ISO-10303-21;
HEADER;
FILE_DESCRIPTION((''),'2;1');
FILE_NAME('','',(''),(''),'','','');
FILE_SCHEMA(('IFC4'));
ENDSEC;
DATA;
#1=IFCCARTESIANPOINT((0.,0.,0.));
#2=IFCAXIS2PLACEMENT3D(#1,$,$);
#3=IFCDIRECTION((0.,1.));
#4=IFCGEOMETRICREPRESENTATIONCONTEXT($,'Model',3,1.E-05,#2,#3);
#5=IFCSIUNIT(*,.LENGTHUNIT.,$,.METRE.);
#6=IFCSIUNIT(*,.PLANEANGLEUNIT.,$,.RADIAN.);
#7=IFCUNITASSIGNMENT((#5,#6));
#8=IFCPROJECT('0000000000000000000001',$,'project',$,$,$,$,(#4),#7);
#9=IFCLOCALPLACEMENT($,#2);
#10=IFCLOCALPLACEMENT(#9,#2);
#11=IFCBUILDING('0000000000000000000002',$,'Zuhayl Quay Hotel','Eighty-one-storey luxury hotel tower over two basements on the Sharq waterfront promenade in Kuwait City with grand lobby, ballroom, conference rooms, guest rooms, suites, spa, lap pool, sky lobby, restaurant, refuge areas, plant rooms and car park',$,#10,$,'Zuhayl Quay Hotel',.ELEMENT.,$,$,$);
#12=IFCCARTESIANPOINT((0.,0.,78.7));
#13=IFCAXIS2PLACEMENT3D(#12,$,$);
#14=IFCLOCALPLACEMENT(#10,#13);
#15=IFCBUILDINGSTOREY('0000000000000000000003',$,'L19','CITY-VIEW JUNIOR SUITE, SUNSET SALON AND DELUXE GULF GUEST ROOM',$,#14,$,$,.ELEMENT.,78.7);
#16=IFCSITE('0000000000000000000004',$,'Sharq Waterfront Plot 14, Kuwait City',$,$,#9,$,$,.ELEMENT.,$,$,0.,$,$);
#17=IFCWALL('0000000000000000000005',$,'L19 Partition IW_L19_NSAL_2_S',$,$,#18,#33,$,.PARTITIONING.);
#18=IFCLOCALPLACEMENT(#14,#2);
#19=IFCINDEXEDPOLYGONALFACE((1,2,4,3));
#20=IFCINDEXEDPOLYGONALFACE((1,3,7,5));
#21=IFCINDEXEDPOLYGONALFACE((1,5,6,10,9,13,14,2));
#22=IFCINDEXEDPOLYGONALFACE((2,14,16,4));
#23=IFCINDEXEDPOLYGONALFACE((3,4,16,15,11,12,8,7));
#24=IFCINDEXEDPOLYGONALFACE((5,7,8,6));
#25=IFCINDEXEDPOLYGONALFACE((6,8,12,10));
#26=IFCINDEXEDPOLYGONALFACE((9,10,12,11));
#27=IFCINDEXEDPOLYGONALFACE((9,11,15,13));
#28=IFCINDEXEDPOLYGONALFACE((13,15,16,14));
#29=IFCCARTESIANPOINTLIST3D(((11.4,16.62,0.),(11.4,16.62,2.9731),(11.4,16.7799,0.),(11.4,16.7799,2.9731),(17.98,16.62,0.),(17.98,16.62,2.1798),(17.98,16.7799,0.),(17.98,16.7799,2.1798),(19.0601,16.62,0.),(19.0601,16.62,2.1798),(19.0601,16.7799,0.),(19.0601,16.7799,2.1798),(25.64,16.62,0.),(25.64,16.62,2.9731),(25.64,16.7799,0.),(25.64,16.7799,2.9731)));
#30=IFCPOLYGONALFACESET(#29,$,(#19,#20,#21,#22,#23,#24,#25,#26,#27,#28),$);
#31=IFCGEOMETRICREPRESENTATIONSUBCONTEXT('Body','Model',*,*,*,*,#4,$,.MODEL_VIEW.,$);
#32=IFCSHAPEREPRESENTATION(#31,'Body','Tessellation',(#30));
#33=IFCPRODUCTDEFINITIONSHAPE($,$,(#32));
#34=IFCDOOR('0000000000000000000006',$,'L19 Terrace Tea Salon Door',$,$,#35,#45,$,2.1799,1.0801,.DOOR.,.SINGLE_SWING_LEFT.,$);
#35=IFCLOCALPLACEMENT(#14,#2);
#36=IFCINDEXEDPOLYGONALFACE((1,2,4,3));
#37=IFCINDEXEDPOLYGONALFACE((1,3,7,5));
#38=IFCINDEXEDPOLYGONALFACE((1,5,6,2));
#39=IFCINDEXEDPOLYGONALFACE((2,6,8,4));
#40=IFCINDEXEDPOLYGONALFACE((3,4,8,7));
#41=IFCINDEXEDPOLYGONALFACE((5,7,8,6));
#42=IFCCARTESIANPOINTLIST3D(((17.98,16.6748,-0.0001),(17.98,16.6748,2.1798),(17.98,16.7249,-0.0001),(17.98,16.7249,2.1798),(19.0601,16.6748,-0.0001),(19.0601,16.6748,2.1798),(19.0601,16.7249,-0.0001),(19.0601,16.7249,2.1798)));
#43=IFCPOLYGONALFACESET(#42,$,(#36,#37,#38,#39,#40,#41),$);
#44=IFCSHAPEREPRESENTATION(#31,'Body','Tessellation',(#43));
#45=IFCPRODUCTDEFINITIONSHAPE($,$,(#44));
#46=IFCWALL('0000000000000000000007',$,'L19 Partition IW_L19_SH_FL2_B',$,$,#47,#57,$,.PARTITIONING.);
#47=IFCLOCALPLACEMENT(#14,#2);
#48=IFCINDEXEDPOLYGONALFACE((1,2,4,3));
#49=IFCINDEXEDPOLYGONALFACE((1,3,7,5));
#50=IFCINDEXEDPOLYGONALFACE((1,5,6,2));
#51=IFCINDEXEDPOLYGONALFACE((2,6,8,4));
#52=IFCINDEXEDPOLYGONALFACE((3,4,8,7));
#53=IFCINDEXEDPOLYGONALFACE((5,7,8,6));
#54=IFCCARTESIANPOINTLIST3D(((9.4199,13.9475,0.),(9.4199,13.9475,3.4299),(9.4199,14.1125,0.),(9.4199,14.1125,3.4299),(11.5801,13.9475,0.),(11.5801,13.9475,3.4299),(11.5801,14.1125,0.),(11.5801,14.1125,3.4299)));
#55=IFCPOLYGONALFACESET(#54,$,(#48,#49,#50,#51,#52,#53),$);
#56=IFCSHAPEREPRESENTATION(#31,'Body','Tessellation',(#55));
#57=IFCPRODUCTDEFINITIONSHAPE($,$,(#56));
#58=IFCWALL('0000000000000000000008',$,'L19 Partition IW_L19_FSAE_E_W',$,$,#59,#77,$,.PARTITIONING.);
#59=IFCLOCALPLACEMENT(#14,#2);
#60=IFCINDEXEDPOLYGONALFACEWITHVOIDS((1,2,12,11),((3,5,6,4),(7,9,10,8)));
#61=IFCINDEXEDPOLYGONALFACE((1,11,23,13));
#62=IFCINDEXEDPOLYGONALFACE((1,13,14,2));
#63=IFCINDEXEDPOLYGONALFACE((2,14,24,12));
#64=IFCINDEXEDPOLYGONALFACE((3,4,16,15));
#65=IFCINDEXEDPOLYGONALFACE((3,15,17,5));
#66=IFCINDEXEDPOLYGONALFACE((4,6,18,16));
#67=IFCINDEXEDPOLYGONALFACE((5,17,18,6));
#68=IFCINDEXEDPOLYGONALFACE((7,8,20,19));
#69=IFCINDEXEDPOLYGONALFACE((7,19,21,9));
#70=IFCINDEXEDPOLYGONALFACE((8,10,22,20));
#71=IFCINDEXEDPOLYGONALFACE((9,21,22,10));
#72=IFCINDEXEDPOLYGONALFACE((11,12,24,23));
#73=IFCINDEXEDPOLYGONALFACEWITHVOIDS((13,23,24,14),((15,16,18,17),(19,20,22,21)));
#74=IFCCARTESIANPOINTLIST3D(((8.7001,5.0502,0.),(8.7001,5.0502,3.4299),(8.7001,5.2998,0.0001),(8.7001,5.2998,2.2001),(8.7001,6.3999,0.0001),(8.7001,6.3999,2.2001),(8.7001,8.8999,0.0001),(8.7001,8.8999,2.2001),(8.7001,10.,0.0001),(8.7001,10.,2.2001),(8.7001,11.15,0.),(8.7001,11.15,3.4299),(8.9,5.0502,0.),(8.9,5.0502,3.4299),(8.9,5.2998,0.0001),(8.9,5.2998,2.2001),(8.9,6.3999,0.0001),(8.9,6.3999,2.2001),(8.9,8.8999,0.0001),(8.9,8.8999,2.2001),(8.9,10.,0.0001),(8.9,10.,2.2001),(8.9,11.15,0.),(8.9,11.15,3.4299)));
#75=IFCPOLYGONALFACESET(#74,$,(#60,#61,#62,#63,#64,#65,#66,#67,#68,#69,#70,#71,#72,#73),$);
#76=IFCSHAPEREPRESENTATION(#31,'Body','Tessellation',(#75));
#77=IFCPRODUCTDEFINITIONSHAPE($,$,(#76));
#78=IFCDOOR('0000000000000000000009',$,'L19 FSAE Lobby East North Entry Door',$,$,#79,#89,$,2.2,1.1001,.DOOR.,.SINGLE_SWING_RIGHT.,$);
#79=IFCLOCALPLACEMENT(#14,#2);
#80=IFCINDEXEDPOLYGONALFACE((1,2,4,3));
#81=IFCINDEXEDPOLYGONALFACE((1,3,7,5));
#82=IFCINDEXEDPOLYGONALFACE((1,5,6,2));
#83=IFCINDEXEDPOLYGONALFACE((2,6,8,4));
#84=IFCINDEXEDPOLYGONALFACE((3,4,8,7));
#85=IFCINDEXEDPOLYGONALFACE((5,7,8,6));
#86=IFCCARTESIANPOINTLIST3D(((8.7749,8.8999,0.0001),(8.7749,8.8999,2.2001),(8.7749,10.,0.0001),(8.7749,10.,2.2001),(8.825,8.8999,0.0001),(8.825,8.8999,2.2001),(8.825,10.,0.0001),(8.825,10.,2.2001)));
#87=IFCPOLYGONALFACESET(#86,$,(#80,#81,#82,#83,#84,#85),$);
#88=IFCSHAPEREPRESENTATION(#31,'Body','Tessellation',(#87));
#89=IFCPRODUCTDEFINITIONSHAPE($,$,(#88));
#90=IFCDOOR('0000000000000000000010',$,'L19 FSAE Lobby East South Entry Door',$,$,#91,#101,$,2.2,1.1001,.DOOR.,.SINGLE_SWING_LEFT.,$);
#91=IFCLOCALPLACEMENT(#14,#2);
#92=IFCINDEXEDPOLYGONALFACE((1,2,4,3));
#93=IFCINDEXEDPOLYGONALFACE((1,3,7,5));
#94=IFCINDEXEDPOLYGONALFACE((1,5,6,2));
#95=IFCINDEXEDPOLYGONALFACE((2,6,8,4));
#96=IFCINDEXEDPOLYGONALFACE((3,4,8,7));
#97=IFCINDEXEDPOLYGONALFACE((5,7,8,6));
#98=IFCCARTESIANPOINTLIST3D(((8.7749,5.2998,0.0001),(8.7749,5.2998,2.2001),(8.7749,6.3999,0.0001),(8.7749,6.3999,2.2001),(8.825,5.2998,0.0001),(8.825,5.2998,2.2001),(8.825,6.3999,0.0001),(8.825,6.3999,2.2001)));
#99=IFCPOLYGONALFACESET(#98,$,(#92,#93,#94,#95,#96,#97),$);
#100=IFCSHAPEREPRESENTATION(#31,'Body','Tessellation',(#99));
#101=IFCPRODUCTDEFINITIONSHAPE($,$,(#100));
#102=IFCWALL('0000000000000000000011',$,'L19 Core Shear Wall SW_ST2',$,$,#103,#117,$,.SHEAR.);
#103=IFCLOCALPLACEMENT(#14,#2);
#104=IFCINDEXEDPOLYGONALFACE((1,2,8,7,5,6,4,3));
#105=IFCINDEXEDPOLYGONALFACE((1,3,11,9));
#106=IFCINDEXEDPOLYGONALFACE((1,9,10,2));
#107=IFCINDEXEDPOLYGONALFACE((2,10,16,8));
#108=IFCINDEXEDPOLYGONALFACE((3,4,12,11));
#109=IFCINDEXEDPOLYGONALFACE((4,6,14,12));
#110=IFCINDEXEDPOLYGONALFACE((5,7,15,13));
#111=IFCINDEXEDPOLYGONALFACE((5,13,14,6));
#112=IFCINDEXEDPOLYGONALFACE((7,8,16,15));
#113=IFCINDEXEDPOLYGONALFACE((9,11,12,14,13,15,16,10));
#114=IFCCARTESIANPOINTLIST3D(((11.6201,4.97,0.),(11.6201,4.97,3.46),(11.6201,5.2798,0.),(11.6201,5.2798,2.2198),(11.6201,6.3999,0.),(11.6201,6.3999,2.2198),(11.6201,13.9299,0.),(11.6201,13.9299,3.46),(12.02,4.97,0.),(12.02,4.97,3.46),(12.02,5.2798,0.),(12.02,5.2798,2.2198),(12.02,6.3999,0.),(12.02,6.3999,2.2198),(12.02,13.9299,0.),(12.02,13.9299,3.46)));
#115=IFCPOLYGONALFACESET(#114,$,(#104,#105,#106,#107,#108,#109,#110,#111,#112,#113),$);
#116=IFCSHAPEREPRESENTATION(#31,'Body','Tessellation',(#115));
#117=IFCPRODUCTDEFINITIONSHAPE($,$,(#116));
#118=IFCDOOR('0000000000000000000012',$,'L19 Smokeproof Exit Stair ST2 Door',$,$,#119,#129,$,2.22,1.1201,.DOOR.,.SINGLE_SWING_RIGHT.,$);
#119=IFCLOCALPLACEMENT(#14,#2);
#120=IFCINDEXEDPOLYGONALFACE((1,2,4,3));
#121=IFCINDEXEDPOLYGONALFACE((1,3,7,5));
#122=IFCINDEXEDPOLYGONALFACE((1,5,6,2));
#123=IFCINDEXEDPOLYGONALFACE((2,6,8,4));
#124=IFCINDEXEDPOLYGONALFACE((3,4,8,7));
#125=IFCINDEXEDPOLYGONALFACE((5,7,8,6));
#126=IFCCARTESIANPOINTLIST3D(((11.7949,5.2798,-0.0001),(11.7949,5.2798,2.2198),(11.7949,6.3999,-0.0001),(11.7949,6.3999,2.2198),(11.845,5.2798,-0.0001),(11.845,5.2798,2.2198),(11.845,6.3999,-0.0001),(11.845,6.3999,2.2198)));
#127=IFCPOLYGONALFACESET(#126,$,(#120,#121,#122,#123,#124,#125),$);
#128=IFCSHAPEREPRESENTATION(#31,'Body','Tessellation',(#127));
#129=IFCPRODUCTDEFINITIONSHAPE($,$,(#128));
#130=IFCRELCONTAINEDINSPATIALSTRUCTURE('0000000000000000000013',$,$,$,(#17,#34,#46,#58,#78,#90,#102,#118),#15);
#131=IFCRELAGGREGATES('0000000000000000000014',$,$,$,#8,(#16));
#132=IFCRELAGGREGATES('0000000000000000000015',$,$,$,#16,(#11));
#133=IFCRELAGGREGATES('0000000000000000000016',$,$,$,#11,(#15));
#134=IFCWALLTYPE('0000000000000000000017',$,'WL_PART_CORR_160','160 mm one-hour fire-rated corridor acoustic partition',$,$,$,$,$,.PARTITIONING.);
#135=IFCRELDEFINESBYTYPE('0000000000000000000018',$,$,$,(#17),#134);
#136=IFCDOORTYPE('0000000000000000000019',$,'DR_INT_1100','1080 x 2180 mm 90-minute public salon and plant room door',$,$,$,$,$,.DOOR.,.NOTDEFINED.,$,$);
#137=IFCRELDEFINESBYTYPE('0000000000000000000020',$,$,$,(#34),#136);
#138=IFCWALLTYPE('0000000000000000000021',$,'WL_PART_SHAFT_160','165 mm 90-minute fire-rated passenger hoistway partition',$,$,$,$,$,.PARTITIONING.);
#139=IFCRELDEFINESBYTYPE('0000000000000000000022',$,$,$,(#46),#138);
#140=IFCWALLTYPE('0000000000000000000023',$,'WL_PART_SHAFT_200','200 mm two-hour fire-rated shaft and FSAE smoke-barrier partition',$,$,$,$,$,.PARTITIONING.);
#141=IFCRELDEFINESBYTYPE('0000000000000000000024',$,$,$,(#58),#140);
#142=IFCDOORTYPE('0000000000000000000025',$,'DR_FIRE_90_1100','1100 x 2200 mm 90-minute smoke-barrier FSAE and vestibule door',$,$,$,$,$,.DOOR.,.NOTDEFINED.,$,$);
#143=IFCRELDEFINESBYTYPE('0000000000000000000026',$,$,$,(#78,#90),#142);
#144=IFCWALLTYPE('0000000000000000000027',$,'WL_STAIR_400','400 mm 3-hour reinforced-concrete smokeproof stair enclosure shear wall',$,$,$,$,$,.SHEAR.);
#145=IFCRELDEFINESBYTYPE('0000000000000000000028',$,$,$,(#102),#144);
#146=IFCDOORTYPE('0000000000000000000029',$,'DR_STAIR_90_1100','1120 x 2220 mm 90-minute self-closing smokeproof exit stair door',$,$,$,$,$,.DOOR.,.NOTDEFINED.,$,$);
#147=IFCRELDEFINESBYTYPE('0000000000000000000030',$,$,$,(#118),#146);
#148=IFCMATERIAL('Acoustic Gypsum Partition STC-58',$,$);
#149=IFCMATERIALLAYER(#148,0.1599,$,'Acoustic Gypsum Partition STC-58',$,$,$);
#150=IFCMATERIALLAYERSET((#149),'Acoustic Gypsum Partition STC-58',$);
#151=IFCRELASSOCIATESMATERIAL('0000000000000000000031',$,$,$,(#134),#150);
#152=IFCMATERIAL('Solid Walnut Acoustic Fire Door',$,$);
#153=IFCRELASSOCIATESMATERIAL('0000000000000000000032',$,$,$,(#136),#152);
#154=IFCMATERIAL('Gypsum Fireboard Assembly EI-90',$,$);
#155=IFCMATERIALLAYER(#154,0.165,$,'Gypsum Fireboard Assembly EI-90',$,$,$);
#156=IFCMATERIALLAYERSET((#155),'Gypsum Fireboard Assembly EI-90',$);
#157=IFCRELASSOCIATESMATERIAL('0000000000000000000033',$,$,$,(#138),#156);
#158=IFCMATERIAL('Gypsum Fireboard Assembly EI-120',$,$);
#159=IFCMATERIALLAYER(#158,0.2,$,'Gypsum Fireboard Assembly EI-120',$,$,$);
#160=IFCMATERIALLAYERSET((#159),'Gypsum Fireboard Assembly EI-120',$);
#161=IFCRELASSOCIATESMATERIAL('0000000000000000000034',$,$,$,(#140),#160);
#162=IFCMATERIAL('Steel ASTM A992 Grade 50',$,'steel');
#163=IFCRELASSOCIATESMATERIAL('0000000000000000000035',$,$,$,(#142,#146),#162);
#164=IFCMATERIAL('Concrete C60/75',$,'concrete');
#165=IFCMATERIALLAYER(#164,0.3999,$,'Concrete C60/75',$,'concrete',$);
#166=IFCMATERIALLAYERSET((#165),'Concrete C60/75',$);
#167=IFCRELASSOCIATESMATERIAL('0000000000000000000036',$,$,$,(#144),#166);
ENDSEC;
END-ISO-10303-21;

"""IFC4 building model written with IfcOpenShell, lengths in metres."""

from ifc_helpers import new_model, si_unit, direction, frame, frame_2d, origin, place, context, subcontext, project, spatial, rectangle, extrude, material, layer, layer_set, type_object, element, fill, save


model = new_model("IFC4")

# Units and contexts
model_context = context("Model", 3, precision=1e-05, world=origin(), true_north=direction((0.0, 1.0)))
body_context = subcontext(model_context, "Body", "Model", "MODEL_VIEW")
ifc_project = project(units=[si_unit("LENGTHUNIT", "METRE"), si_unit("PLANEANGLEUNIT", "RADIAN")], contexts=[model_context])

# Site, building, storey
site_placement = place(None, origin())
site = spatial("IfcSite", under=ifc_project, at=site_placement, Name="Sharq Waterfront Plot 14, Kuwait City", CompositionType="ELEMENT", RefElevation=0.0)
building_placement = place(site_placement, origin())
building = spatial("IfcBuilding", under=site, at=building_placement, Name="Zuhayl Quay Hotel", Description="Eighty-one-storey luxury hotel tower over two basements on the Sharq waterfront promenade in Kuwait City with grand lobby, ballroom, conference rooms, guest rooms, suites, spa, lap pool, sky lobby, restaurant, refuge areas, plant rooms and car park", LongName="Zuhayl Quay Hotel", CompositionType="ELEMENT")
storey_placement = place(building_placement, frame((0.0, 0.0, 78.7)))
storey = spatial("IfcBuildingStorey", under=building, at=storey_placement, Name="L19", Description="CITY-VIEW JUNIOR SUITE, SUNSET SALON AND DELUXE GULF GUEST ROOM", CompositionType="ELEMENT", Elevation=78.7)

# Shared definitions
ifc_material_1 = material(Name="Steel ASTM A992 Grade 50", Category="steel")

# Shared definitions
ifc_material_2 = material(Name="Acoustic Gypsum Partition STC-58")

# Wall, opening, door
ifc_layer_1 = layer(ifc_material_2, 0.1599, Name="Acoustic Gypsum Partition STC-58")
ifc_layer_set_1 = layer_set([ifc_layer_1], Name="Acoustic Gypsum Partition STC-58")
wall_type_1 = type_object("IfcWallType", Name="WL_PART_CORR_160", Description="160 mm one-hour fire-rated corridor acoustic partition", PredefinedType="PARTITIONING", material=ifc_layer_set_1)
wall_1_placement = place(storey_placement, frame((11.3999, 16.7, 0.0), z_axis=(0.0, 0.0, 1.0), x_axis=(1.0, 0.0, 0.0)))
wall_1 = element("IfcWall", 1, at=wall_1_placement, inside=storey, type_object=wall_type_1, Name="L19 Partition IW_L19_NSAL_2_S", PredefinedType="PARTITIONING", context=body_context, shape_type="SweptSolid", body=[
    extrude(rectangle(XDim=14.24, YDim=0.1599, at=frame_2d((7.1201, 0.0))), origin(), (0.0, 0.0, 1.0), 2.9731),
])
opening_1_placement = place(wall_1_placement, frame((6.5801, 0.0, 0.0)))
opening_1 = element("IfcOpeningElement", 2, at=opening_1_placement, cuts=wall_1, PredefinedType="OPENING", context=body_context, shape_type="SweptSolid", body=[
    extrude(rectangle(XDim=1.0801, YDim=2.1799, at=frame_2d((0.54, 1.0898))), frame((0.0, 0.0898, 0.0), z_axis=(0.0, -1.0, 0.0), x_axis=(1.0, 0.0, 0.0)), (0.0, 0.0, 1.0), 0.1799),
])
ifc_material_3 = material(Name="Solid Walnut Acoustic Fire Door")
door_type_1 = type_object("IfcDoorType", Name="DR_INT_1100", Description="1080 x 2180 mm 90-minute public salon and plant room door", OperationType="NOTDEFINED", PredefinedType="DOOR", material=ifc_material_3)
door_1_placement = place(opening_1_placement, origin())
door_1 = element("IfcDoor", 3, at=door_1_placement, inside=storey, type_object=door_type_1, Name="L19 Terrace Tea Salon Door", OperationType="SINGLE_SWING_LEFT", OverallHeight=2.1799, OverallWidth=1.0801, PredefinedType="DOOR", context=body_context, shape_type="SweptSolid", body=[
    extrude(rectangle(XDim=1.0801, YDim=2.1799, at=frame_2d((0.54, 1.0898))), frame((0.0, 0.0249, 0.0), z_axis=(0.0, -1.0, 0.0), x_axis=(1.0, 0.0, 0.0)), (0.0, 0.0, 1.0), 0.05),
])
fill(opening_1, door_1)

# Wall
ifc_material_4 = material(Name="Gypsum Fireboard Assembly EI-90")
ifc_layer_2 = layer(ifc_material_4, 0.165, Name="Gypsum Fireboard Assembly EI-90")
ifc_layer_set_2 = layer_set([ifc_layer_2], Name="Gypsum Fireboard Assembly EI-90")
wall_type_2 = type_object("IfcWallType", Name="WL_PART_SHAFT_160", Description="165 mm 90-minute fire-rated passenger hoistway partition", PredefinedType="PARTITIONING", material=ifc_layer_set_2)
wall_2_placement = place(storey_placement, frame((9.4199, 14.03, 0.0), z_axis=(0.0, 0.0, 1.0), x_axis=(1.0, 0.0, 0.0)))
element("IfcWall", 4, at=wall_2_placement, inside=storey, type_object=wall_type_2, Name="L19 Partition IW_L19_SH_FL2_B", PredefinedType="PARTITIONING", context=body_context, shape_type="SweptSolid", body=[
    extrude(rectangle(XDim=2.1602, YDim=0.165, at=frame_2d((1.0801, 0.0))), origin(), (0.0, 0.0, 1.0), 3.4299),
])

# Wall, openings, doors
ifc_material_5 = material(Name="Gypsum Fireboard Assembly EI-120")
ifc_layer_3 = layer(ifc_material_5, 0.2, Name="Gypsum Fireboard Assembly EI-120")
ifc_layer_set_3 = layer_set([ifc_layer_3], Name="Gypsum Fireboard Assembly EI-120")
wall_type_3 = type_object("IfcWallType", Name="WL_PART_SHAFT_200", Description="200 mm two-hour fire-rated shaft and FSAE smoke-barrier partition", PredefinedType="PARTITIONING", material=ifc_layer_set_3)
wall_3_placement = place(storey_placement, frame((8.8, 11.1499, 0.0), z_axis=(0.0, 0.0, 1.0), x_axis=(0.0, -1.0, 0.0)))
wall_3 = element("IfcWall", 5, at=wall_3_placement, inside=storey, type_object=wall_type_3, Name="L19 Partition IW_L19_FSAE_E_W", PredefinedType="PARTITIONING", context=body_context, shape_type="SweptSolid", body=[
    extrude(rectangle(XDim=6.0999, YDim=0.2, at=frame_2d((3.0498, 0.0))), origin(), (0.0, 0.0, 1.0), 3.4299),
])
opening_2_placement = place(wall_3_placement, frame((1.1499, 0.0, 0.0)))
opening_2 = element("IfcOpeningElement", 6, at=opening_2_placement, cuts=wall_3, PredefinedType="OPENING", context=body_context, shape_type="SweptSolid", body=[
    extrude(rectangle(XDim=1.1001, YDim=2.2, at=frame_2d((0.55, 1.1001))), frame((0.0, 0.1099, 0.0), z_axis=(0.0, -1.0, 0.0), x_axis=(1.0, 0.0, 0.0)), (0.0, 0.0, 1.0), 0.22),
])
opening_3_placement = place(wall_3_placement, frame((4.75, 0.0, 0.0)))
opening_3 = element("IfcOpeningElement", 7, at=opening_3_placement, cuts=wall_3, PredefinedType="OPENING", context=body_context, shape_type="SweptSolid", body=[
    extrude(rectangle(XDim=1.1001, YDim=2.2, at=frame_2d((0.55, 1.1001))), frame((0.0, 0.1099, 0.0), z_axis=(0.0, -1.0, 0.0), x_axis=(1.0, 0.0, 0.0)), (0.0, 0.0, 1.0), 0.22),
])
door_type_2 = type_object("IfcDoorType", Name="DR_FIRE_90_1100", Description="1100 x 2200 mm 90-minute smoke-barrier FSAE and vestibule door", OperationType="NOTDEFINED", PredefinedType="DOOR", material=ifc_material_1)
door_2_placement = place(opening_2_placement, origin())
door_2 = element("IfcDoor", 8, at=door_2_placement, inside=storey, type_object=door_type_2, Name="L19 FSAE Lobby East North Entry Door", OperationType="SINGLE_SWING_RIGHT", OverallHeight=2.2, OverallWidth=1.1001, PredefinedType="DOOR", context=body_context, shape_type="SweptSolid", body=[
    extrude(rectangle(XDim=1.1001, YDim=2.2, at=frame_2d((0.55, 1.1001))), frame((0.0, 0.0249, 0.0), z_axis=(0.0, -1.0, 0.0), x_axis=(1.0, 0.0, 0.0)), (0.0, 0.0, 1.0), 0.05),
])
fill(opening_2, door_2)
door_3_placement = place(opening_3_placement, origin())
door_3 = element("IfcDoor", 9, at=door_3_placement, inside=storey, type_object=door_type_2, Name="L19 FSAE Lobby East South Entry Door", OperationType="SINGLE_SWING_LEFT", OverallHeight=2.2, OverallWidth=1.1001, PredefinedType="DOOR", context=body_context, shape_type="SweptSolid", body=[
    extrude(rectangle(XDim=1.1001, YDim=2.2, at=frame_2d((0.55, 1.1001))), frame((0.0, 0.0249, 0.0), z_axis=(0.0, -1.0, 0.0), x_axis=(1.0, 0.0, 0.0)), (0.0, 0.0, 1.0), 0.05),
])
fill(opening_3, door_3)

# Wall, opening, door
ifc_material_6 = material(Name="Concrete C60/75", Category="concrete")
ifc_layer_4 = layer(ifc_material_6, 0.3999, Name="Concrete C60/75", Category="concrete")
ifc_layer_set_4 = layer_set([ifc_layer_4], Name="Concrete C60/75")
wall_type_4 = type_object("IfcWallType", Name="WL_STAIR_400", Description="400 mm 3-hour reinforced-concrete smokeproof stair enclosure shear wall", PredefinedType="SHEAR", material=ifc_layer_set_4)
wall_4_placement = place(storey_placement, frame((11.8201, 13.9299, 0.0), z_axis=(0.0, 0.0, 1.0), x_axis=(0.0, -1.0, 0.0)))
wall_4 = element("IfcWall", 10, at=wall_4_placement, inside=storey, type_object=wall_type_4, Name="L19 Core Shear Wall SW_ST2", PredefinedType="SHEAR", context=body_context, shape_type="SweptSolid", body=[
    extrude(rectangle(XDim=8.96, YDim=0.3999, at=frame_2d((4.48, 0.0))), origin(), (0.0, 0.0, 1.0), 3.46),
])
opening_4_placement = place(wall_4_placement, frame((7.53, 0.0, 0.0)))
opening_4 = element("IfcOpeningElement", 11, at=opening_4_placement, cuts=wall_4, PredefinedType="OPENING", context=body_context, shape_type="SweptSolid", body=[
    extrude(rectangle(XDim=1.1201, YDim=2.22, at=frame_2d((0.5601, 1.1099))), frame((0.0, 0.21, 0.0), z_axis=(0.0, -1.0, 0.0), x_axis=(1.0, 0.0, 0.0)), (0.0, 0.0, 1.0), 0.4199),
])
door_type_3 = type_object("IfcDoorType", Name="DR_STAIR_90_1100", Description="1120 x 2220 mm 90-minute self-closing smokeproof exit stair door", OperationType="NOTDEFINED", PredefinedType="DOOR", material=ifc_material_1)
door_4_placement = place(opening_4_placement, origin())
door_4 = element("IfcDoor", 12, at=door_4_placement, inside=storey, type_object=door_type_3, Name="L19 Smokeproof Exit Stair ST2 Door", OperationType="SINGLE_SWING_RIGHT", OverallHeight=2.22, OverallWidth=1.1201, PredefinedType="DOOR", context=body_context, shape_type="SweptSolid", body=[
    extrude(rectangle(XDim=1.1201, YDim=2.22, at=frame_2d((0.5601, 1.1099))), frame((0.0, 0.0249, 0.0), z_axis=(0.0, -1.0, 0.0), x_axis=(1.0, 0.0, 0.0)), (0.0, 0.0, 1.0), 0.05),
])
fill(opening_4, door_4)

save(model, "model.ifc")
